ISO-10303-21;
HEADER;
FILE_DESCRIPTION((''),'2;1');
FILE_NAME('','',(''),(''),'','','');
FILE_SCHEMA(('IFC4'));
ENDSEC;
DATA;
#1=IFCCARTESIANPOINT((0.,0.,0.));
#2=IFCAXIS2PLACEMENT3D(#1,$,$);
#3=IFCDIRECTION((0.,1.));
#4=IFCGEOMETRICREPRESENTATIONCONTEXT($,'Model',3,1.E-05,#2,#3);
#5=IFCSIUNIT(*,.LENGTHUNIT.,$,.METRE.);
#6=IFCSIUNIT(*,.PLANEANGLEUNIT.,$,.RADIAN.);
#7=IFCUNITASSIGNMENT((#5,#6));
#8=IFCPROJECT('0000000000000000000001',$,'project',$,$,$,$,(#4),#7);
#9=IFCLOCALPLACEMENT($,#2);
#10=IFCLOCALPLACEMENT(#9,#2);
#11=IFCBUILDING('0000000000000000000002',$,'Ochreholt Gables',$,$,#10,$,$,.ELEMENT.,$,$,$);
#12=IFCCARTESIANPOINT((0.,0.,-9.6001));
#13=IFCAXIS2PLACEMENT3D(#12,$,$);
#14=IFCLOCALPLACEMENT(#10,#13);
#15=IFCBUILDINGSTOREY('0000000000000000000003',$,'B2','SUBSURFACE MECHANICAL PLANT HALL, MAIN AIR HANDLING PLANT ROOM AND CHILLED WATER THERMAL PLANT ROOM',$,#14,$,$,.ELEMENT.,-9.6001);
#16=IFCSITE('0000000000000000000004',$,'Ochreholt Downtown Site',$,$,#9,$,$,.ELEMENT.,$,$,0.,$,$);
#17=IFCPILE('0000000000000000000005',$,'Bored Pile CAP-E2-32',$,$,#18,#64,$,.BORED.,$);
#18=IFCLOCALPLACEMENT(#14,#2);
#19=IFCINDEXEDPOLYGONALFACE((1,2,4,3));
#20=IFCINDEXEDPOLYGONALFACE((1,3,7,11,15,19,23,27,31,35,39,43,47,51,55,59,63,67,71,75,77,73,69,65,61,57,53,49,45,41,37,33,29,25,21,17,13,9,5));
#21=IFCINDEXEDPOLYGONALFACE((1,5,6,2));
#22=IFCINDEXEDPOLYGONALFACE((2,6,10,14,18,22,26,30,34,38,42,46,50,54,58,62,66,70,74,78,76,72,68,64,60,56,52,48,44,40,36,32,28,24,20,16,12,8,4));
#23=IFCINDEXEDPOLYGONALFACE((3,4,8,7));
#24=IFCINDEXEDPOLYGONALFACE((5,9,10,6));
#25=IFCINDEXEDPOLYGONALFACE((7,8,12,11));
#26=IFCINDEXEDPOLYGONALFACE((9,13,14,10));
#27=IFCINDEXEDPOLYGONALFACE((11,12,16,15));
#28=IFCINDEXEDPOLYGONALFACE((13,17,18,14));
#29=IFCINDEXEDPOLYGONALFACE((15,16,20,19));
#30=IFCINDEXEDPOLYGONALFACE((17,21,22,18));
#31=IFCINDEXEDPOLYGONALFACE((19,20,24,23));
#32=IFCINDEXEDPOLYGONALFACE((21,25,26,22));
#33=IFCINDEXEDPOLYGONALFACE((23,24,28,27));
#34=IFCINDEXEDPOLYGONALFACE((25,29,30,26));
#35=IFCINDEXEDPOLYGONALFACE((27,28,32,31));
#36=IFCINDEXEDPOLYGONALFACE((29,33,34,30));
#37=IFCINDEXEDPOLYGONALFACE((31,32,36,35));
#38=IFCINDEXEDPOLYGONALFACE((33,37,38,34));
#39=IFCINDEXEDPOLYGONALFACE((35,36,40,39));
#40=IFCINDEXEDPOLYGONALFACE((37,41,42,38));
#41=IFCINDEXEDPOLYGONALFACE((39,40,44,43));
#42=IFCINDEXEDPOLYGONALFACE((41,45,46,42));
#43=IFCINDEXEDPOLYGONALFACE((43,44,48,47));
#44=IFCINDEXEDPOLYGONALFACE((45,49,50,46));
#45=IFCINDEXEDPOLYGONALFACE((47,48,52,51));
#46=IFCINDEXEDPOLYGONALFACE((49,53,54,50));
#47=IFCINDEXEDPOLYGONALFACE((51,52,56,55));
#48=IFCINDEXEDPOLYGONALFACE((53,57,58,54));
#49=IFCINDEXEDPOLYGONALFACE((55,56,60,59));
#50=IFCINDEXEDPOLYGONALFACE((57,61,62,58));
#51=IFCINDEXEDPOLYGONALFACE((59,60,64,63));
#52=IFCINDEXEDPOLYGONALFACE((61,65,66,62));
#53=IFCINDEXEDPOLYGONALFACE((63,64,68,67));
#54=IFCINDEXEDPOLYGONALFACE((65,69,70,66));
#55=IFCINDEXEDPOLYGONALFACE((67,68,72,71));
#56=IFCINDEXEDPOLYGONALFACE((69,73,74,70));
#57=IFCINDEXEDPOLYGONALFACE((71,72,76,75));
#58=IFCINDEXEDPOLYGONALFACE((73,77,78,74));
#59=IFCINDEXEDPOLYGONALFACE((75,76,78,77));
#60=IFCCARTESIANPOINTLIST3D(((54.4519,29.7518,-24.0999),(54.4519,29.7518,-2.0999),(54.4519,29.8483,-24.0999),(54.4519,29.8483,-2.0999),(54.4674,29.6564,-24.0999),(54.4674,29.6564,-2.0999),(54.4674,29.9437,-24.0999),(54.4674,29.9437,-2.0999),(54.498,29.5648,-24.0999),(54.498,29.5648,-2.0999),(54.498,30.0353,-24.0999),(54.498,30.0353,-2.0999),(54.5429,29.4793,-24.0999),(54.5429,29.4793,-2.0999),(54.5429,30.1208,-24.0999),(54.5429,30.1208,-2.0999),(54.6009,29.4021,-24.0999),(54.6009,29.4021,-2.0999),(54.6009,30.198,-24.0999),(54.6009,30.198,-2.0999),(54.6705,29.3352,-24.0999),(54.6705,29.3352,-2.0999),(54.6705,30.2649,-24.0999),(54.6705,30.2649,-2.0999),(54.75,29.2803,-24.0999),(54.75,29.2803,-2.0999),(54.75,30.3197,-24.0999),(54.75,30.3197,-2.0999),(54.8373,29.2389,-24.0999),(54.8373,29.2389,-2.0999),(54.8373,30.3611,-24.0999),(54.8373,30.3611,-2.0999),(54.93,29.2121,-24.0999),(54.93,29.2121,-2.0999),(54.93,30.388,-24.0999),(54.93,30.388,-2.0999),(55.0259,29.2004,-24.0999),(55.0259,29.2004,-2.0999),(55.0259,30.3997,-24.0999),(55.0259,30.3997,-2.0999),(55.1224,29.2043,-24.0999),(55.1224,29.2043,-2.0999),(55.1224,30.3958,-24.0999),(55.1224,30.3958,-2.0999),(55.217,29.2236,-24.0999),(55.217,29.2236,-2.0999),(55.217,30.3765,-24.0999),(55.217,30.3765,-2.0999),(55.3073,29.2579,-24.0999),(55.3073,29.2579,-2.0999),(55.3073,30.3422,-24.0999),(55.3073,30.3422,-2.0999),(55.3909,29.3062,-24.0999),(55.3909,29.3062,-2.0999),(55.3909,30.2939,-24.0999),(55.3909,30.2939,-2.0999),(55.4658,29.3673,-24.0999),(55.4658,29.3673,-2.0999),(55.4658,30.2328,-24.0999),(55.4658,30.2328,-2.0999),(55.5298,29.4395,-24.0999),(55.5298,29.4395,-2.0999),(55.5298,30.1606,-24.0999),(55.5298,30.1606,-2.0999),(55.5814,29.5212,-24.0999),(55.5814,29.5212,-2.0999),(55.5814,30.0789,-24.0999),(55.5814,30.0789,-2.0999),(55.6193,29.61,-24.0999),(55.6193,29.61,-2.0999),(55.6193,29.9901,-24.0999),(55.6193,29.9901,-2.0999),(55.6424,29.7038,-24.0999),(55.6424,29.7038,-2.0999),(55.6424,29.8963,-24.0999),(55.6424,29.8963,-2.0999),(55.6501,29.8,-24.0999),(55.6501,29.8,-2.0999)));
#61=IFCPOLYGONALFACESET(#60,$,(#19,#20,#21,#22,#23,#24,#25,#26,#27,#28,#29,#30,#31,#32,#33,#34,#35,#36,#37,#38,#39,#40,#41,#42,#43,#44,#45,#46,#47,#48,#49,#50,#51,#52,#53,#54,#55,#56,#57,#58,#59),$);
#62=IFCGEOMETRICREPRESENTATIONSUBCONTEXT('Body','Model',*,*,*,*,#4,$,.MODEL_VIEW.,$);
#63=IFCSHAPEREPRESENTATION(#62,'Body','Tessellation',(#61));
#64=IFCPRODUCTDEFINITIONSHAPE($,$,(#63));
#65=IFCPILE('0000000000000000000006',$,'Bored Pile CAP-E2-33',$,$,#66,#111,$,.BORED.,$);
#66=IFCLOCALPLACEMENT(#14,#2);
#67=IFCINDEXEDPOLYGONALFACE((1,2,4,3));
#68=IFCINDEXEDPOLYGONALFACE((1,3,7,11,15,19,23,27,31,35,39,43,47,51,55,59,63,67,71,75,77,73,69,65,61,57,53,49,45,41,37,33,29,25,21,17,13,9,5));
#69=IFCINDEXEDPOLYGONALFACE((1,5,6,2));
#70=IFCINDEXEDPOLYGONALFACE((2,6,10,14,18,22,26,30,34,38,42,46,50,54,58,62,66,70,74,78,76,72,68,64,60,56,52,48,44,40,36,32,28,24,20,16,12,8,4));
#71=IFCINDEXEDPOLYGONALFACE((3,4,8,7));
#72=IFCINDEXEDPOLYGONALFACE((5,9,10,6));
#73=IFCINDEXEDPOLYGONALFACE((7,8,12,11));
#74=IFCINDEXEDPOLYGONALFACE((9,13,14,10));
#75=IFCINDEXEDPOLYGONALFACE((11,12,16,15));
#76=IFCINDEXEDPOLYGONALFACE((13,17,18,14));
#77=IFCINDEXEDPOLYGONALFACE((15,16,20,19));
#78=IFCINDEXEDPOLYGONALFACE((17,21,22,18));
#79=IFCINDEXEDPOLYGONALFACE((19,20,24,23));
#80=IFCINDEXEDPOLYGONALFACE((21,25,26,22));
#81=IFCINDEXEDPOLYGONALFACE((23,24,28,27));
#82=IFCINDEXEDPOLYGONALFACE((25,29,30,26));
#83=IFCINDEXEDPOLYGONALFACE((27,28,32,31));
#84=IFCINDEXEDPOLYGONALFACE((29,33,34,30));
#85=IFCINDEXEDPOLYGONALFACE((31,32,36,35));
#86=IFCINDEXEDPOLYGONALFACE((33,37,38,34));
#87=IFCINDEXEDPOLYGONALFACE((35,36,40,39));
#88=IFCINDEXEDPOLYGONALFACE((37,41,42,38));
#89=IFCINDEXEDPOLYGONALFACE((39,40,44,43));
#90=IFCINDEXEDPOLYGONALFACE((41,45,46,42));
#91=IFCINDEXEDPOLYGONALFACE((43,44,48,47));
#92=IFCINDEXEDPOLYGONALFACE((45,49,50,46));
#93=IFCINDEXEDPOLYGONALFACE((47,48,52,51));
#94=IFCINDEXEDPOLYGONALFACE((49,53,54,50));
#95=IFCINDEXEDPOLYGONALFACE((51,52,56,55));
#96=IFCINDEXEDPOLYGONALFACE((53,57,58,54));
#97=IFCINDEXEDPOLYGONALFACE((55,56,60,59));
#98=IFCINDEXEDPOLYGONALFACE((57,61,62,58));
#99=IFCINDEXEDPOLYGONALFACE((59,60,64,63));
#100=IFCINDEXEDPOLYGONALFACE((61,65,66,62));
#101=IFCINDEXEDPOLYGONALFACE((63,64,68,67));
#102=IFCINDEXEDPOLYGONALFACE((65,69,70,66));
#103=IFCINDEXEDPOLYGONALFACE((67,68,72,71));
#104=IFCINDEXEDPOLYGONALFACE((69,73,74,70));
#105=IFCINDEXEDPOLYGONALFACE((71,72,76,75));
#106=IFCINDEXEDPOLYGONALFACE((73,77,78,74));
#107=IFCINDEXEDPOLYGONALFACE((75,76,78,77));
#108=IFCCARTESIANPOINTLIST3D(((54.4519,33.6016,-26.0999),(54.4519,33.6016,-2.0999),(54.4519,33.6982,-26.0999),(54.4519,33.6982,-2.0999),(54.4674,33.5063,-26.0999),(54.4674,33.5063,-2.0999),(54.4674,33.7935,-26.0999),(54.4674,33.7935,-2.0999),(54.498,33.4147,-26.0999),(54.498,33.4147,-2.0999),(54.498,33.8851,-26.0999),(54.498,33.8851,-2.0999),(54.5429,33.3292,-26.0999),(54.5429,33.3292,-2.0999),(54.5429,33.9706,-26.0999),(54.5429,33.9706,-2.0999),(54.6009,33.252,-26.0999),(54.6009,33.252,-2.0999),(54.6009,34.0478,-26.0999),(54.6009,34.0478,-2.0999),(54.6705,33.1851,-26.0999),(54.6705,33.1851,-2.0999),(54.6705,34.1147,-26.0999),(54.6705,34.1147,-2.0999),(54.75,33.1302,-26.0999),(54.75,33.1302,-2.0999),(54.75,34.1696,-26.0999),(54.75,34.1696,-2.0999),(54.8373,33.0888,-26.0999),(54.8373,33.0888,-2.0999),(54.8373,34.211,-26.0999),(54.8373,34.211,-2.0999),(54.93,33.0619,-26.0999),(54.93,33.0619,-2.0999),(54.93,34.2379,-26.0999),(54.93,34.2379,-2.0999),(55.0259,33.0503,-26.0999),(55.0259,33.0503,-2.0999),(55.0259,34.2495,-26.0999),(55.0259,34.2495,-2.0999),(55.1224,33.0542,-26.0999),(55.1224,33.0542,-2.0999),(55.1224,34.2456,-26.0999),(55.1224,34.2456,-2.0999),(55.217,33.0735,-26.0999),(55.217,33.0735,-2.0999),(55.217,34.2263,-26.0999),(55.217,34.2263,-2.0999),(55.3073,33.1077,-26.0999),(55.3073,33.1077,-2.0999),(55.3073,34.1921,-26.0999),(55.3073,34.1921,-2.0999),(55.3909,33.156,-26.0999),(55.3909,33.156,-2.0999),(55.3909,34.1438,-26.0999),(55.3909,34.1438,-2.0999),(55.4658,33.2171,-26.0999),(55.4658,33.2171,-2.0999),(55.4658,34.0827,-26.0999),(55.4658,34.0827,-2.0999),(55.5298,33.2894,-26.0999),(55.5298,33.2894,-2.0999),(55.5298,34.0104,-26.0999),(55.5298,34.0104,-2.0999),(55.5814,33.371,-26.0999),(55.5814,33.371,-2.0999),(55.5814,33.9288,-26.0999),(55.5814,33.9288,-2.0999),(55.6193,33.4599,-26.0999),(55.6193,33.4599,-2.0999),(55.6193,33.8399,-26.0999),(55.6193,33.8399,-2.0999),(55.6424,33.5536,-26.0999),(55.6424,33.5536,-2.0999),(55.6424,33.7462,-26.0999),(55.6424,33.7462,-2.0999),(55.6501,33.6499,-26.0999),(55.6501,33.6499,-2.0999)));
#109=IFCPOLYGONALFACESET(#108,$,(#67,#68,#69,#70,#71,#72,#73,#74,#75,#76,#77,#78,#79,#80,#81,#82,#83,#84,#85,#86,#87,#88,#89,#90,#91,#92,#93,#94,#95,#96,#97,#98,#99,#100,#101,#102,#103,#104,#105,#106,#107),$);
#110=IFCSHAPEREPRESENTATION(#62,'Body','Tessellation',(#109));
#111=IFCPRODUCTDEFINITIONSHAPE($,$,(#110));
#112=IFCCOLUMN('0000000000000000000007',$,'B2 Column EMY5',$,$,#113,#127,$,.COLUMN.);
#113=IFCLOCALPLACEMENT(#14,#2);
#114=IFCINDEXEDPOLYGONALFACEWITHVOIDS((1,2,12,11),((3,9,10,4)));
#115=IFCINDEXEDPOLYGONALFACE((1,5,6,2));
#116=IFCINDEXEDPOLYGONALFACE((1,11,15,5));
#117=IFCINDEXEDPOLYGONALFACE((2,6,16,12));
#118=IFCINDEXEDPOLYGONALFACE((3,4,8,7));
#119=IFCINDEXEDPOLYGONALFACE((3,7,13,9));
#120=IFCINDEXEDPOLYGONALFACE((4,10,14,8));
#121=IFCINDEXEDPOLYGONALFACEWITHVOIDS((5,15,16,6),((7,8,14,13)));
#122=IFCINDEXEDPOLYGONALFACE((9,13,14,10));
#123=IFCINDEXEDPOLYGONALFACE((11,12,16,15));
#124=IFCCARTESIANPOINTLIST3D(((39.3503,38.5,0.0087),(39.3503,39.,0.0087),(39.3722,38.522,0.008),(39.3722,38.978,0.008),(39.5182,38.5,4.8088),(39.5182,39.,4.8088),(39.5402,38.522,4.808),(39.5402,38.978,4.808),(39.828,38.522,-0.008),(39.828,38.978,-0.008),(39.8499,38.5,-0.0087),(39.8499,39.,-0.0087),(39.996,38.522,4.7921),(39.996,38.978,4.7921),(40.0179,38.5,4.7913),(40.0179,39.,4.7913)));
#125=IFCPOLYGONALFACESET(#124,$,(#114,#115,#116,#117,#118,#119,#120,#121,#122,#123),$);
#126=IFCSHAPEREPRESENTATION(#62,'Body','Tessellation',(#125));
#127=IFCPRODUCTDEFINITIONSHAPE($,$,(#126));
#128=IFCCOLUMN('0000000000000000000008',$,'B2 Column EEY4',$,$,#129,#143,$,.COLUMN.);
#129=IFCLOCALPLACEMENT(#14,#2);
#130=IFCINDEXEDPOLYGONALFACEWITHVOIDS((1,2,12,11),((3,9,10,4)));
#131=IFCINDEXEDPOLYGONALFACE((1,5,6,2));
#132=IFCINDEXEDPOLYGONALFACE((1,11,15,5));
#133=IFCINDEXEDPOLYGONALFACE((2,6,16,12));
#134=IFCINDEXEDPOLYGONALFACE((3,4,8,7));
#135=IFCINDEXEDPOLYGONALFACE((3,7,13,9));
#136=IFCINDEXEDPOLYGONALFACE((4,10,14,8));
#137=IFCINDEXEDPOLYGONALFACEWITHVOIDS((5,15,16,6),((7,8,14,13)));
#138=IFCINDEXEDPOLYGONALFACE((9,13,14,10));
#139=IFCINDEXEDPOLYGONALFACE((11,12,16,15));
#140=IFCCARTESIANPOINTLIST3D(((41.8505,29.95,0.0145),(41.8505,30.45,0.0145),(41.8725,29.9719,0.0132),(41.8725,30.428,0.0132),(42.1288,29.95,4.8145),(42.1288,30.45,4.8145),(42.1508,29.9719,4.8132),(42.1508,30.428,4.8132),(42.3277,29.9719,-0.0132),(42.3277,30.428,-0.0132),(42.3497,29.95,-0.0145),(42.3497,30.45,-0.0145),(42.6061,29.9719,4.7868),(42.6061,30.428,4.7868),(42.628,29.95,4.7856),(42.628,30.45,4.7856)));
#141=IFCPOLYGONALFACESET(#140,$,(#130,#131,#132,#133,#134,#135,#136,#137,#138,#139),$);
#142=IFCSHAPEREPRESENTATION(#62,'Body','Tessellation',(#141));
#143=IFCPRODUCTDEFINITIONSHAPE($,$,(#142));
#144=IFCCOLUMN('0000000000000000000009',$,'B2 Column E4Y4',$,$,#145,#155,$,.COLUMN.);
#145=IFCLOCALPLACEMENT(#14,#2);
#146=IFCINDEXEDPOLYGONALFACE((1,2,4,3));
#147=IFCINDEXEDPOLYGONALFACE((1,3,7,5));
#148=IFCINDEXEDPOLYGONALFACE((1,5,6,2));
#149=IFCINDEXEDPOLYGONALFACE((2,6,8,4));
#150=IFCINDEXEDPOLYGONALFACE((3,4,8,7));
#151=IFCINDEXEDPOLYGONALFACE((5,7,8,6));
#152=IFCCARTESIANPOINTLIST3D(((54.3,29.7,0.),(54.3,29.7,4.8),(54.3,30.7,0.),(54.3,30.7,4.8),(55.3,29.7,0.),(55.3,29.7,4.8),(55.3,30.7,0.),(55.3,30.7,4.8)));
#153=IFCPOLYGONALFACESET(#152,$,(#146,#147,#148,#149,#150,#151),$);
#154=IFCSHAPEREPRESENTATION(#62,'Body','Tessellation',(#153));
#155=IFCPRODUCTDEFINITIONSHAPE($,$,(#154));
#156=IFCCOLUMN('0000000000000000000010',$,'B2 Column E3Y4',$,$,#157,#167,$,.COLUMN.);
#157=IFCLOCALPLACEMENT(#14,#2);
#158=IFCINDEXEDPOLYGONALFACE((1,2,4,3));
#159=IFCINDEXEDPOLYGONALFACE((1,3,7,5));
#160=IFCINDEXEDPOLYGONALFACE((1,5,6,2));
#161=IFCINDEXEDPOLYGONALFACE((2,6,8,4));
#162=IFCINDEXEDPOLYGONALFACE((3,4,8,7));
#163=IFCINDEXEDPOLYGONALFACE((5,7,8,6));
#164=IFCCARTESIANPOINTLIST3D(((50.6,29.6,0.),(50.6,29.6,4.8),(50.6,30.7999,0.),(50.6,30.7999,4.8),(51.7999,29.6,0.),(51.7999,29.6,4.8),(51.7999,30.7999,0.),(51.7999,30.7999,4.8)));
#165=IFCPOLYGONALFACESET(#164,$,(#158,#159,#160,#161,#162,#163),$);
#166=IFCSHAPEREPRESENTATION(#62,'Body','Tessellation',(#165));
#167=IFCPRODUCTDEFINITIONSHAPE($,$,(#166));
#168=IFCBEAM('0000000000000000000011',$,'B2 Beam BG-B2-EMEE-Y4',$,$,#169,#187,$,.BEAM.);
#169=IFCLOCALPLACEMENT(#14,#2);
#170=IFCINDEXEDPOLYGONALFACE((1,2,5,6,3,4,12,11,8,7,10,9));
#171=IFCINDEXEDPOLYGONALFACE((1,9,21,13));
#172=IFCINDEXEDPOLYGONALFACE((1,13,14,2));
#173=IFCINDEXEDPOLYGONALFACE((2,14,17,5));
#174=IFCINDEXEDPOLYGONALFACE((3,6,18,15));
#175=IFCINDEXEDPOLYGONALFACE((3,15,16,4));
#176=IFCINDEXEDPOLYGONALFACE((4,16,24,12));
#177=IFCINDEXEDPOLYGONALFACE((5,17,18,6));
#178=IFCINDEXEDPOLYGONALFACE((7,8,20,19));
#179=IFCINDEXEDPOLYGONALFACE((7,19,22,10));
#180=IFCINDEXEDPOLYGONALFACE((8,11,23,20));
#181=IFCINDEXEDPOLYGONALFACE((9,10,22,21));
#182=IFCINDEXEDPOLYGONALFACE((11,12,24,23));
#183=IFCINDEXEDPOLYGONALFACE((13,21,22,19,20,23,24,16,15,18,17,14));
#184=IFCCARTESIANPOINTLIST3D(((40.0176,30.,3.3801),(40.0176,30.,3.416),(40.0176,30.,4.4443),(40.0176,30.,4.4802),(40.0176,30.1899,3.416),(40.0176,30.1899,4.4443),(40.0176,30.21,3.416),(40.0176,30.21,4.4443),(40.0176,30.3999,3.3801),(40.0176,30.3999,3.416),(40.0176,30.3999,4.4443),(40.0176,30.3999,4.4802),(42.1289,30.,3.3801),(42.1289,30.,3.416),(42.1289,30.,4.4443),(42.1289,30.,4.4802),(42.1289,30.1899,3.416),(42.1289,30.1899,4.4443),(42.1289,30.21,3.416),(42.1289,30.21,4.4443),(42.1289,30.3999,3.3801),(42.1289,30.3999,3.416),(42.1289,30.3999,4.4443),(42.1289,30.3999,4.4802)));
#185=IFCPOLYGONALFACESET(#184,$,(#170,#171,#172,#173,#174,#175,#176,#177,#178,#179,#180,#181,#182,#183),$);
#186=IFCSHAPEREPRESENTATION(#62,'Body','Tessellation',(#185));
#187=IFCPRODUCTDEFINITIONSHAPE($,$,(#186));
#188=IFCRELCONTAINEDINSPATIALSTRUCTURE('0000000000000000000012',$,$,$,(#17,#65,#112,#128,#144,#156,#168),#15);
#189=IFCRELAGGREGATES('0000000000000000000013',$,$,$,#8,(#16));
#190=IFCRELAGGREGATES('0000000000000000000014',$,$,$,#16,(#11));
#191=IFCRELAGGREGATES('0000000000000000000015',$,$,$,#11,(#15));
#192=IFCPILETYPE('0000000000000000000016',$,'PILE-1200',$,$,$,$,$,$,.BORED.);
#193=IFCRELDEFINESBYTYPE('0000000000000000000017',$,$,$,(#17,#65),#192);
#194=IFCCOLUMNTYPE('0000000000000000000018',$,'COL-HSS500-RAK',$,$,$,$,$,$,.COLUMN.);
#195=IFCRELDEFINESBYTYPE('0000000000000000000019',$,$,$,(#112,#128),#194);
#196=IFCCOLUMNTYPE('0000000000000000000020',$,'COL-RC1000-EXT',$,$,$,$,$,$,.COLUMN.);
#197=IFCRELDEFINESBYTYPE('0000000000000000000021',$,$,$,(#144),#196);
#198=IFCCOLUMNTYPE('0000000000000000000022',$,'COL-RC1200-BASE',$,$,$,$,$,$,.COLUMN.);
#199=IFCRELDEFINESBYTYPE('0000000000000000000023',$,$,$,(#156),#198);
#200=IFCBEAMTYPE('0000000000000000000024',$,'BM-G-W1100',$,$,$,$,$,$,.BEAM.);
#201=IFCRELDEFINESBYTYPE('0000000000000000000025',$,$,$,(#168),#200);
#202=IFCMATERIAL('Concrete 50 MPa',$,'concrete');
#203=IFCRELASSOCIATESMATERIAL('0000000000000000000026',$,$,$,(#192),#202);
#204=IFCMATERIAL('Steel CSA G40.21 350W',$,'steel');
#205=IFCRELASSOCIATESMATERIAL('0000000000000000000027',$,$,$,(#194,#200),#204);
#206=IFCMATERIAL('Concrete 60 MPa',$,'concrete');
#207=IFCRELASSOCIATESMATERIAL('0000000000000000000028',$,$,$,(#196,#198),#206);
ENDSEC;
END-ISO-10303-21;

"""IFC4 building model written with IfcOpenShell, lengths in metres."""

from ifc_helpers import new_model, si_unit, direction, frame, origin, origin_2d, place, context, subcontext, project, spatial, rectangle, hollow_rectangle, circle, i_section, extrude, material, material_profile, profile_set, type_object, element, save


model = new_model("IFC4")

# Units and contexts
model_context = context("Model", 3, precision=1e-05, world=origin(), true_north=direction((0.0, 1.0)))
body_context = subcontext(model_context, "Body", "Model", "MODEL_VIEW")
ifc_project = project(units=[si_unit("LENGTHUNIT", "METRE"), si_unit("PLANEANGLEUNIT", "RADIAN")], contexts=[model_context])

# Site, building, storey
site_placement = place(None, origin())
site = spatial("IfcSite", under=ifc_project, at=site_placement, Name="Ochreholt Downtown Site", CompositionType="ELEMENT", RefElevation=0.0)
building_placement = place(site_placement, origin())
building = spatial("IfcBuilding", under=site, at=building_placement, Name="Ochreholt Gables", CompositionType="ELEMENT")
storey_placement = place(building_placement, frame((0.0, 0.0, -9.6001)))
storey = spatial("IfcBuildingStorey", under=building, at=storey_placement, Name="B2", Description="SUBSURFACE MECHANICAL PLANT HALL, MAIN AIR HANDLING PLANT ROOM AND CHILLED WATER THERMAL PLANT ROOM", CompositionType="ELEMENT", Elevation=-9.6001)

# Shared definitions
ifc_material_1 = material(Name="Concrete 50 MPa", Category="concrete")

# Piles
ifc_material_profile_1 = material_profile(ifc_material_1, circle(Radius=0.6001, at=origin_2d()), Name="PILE1200")
ifc_profile_set_1 = profile_set([ifc_material_profile_1], Name="Concrete 50 MPa")
pile_type = type_object("IfcPileType", Name="PILE-1200", PredefinedType="BORED", material=ifc_profile_set_1)
pile_1_placement = place(storey_placement, frame((55.05, 29.8, -2.0999), z_axis=(0.0, 0.0, -1.0), x_axis=(1.0, 0.0, 0.0)))
element("IfcPile", 1, at=pile_1_placement, inside=storey, type_object=pile_type, Name="Bored Pile CAP-E2-32", PredefinedType="BORED", context=body_context, shape_type="SweptSolid", body=[
    extrude(circle(Radius=0.6001, at=origin_2d()), origin(), (0.0, 0.0, 1.0), 22.0),
])
pile_2_placement = place(storey_placement, frame((55.05, 33.6499, -2.0999), z_axis=(0.0, 0.0, -1.0), x_axis=(1.0, 0.0, 0.0)))
element("IfcPile", 2, at=pile_2_placement, inside=storey, type_object=pile_type, Name="Bored Pile CAP-E2-33", PredefinedType="BORED", context=body_context, shape_type="SweptSolid", body=[
    extrude(circle(Radius=0.6001, at=origin_2d()), origin(), (0.0, 0.0, 1.0), 24.0),
])

# Columns
ifc_material_2 = material(Name="Steel CSA G40.21 350W", Category="steel")
ifc_material_profile_2 = material_profile(ifc_material_2, hollow_rectangle(XDim=0.5, YDim=0.5, WallThickness=0.022, at=origin_2d()), Name="HSS500X500X22")
ifc_profile_set_2 = profile_set([ifc_material_profile_2], Name="Steel CSA G40.21 350W")
column_type_1 = type_object("IfcColumnType", Name="COL-HSS500-RAK", PredefinedType="COLUMN", material=ifc_profile_set_2)
column_1_placement = place(storey_placement, frame((39.6001, 38.75, 0.0), z_axis=(0.034972, 0.0, 0.999388), x_axis=(0.0, 1.0, 0.0)))
element("IfcColumn", 3, at=column_1_placement, inside=storey, type_object=column_type_1, Name="B2 Column EMY5", PredefinedType="COLUMN", context=body_context, shape_type="SweptSolid", body=[
    extrude(hollow_rectangle(XDim=0.5, YDim=0.5, WallThickness=0.022, at=origin_2d()), origin(), (0.0, 0.0, 1.0), 4.803),
])
column_2_placement = place(storey_placement, frame((42.1001, 30.2, 0.0), z_axis=(0.057886, 0.0, 0.998323), x_axis=(0.0, 1.0, 0.0)))
element("IfcColumn", 4, at=column_2_placement, inside=storey, type_object=column_type_1, Name="B2 Column EEY4", PredefinedType="COLUMN", context=body_context, shape_type="SweptSolid", body=[
    extrude(hollow_rectangle(XDim=0.5, YDim=0.5, WallThickness=0.022, at=origin_2d()), origin(), (0.0, 0.0, 1.0), 4.8081),
])
ifc_material_3 = material(Name="Concrete 60 MPa", Category="concrete")
ifc_material_profile_3 = material_profile(ifc_material_3, rectangle(XDim=1.0, YDim=1.0, at=origin_2d()), Name="RC1000X1000")
ifc_profile_set_3 = profile_set([ifc_material_profile_3], Name="Concrete 60 MPa")
column_type_2 = type_object("IfcColumnType", Name="COL-RC1000-EXT", PredefinedType="COLUMN", material=ifc_profile_set_3)
column_3_placement = place(storey_placement, frame((54.8, 30.2, 0.0), z_axis=(0.0, 0.0, 1.0), x_axis=(1.0, 0.0, 0.0)))
element("IfcColumn", 5, at=column_3_placement, inside=storey, type_object=column_type_2, Name="B2 Column E4Y4", PredefinedType="COLUMN", context=body_context, shape_type="SweptSolid", body=[
    extrude(rectangle(XDim=1.0, YDim=1.0, at=origin_2d()), origin(), (0.0, 0.0, 1.0), 4.8),
])
ifc_material_profile_4 = material_profile(ifc_material_3, rectangle(XDim=1.2, YDim=1.2, at=origin_2d()), Name="RC1200X1200")
ifc_profile_set_4 = profile_set([ifc_material_profile_4], Name="Concrete 60 MPa")
column_type_3 = type_object("IfcColumnType", Name="COL-RC1200-BASE", PredefinedType="COLUMN", material=ifc_profile_set_4)
column_4_placement = place(storey_placement, frame((51.2, 30.2, 0.0), z_axis=(0.0, 0.0, 1.0), x_axis=(1.0, 0.0, 0.0)))
element("IfcColumn", 6, at=column_4_placement, inside=storey, type_object=column_type_3, Name="B2 Column E3Y4", PredefinedType="COLUMN", context=body_context, shape_type="SweptSolid", body=[
    extrude(rectangle(XDim=1.2, YDim=1.2, at=origin_2d()), origin(), (0.0, 0.0, 1.0), 4.8),
])

# Beam
ifc_material_profile_5 = material_profile(ifc_material_2, i_section(OverallWidth=0.3999, OverallDepth=1.1001, WebThickness=0.02, FlangeThickness=0.0359, at=origin_2d()), Name="W1100X390")
ifc_profile_set_5 = profile_set([ifc_material_profile_5], Name="Steel CSA G40.21 350W")
beam_type_1 = type_object("IfcBeamType", Name="BM-G-W1100", PredefinedType="BEAM", material=ifc_profile_set_5)
beam_1_placement = place(storey_placement, frame((40.0176, 30.2, 3.9302), z_axis=(1.0, 0.0, 0.0), x_axis=(0.0, 1.0, 0.0)))
element("IfcBeam", 7, at=beam_1_placement, inside=storey, type_object=beam_type_1, Name="B2 Beam BG-B2-EMEE-Y4", PredefinedType="BEAM", context=body_context, shape_type="SweptSolid", body=[
    extrude(i_section(OverallWidth=0.3999, OverallDepth=1.1001, WebThickness=0.02, FlangeThickness=0.0359, at=origin_2d()), origin(), (0.0, 0.0, 1.0), 2.1113),
])

save(model, "model.ifc")
